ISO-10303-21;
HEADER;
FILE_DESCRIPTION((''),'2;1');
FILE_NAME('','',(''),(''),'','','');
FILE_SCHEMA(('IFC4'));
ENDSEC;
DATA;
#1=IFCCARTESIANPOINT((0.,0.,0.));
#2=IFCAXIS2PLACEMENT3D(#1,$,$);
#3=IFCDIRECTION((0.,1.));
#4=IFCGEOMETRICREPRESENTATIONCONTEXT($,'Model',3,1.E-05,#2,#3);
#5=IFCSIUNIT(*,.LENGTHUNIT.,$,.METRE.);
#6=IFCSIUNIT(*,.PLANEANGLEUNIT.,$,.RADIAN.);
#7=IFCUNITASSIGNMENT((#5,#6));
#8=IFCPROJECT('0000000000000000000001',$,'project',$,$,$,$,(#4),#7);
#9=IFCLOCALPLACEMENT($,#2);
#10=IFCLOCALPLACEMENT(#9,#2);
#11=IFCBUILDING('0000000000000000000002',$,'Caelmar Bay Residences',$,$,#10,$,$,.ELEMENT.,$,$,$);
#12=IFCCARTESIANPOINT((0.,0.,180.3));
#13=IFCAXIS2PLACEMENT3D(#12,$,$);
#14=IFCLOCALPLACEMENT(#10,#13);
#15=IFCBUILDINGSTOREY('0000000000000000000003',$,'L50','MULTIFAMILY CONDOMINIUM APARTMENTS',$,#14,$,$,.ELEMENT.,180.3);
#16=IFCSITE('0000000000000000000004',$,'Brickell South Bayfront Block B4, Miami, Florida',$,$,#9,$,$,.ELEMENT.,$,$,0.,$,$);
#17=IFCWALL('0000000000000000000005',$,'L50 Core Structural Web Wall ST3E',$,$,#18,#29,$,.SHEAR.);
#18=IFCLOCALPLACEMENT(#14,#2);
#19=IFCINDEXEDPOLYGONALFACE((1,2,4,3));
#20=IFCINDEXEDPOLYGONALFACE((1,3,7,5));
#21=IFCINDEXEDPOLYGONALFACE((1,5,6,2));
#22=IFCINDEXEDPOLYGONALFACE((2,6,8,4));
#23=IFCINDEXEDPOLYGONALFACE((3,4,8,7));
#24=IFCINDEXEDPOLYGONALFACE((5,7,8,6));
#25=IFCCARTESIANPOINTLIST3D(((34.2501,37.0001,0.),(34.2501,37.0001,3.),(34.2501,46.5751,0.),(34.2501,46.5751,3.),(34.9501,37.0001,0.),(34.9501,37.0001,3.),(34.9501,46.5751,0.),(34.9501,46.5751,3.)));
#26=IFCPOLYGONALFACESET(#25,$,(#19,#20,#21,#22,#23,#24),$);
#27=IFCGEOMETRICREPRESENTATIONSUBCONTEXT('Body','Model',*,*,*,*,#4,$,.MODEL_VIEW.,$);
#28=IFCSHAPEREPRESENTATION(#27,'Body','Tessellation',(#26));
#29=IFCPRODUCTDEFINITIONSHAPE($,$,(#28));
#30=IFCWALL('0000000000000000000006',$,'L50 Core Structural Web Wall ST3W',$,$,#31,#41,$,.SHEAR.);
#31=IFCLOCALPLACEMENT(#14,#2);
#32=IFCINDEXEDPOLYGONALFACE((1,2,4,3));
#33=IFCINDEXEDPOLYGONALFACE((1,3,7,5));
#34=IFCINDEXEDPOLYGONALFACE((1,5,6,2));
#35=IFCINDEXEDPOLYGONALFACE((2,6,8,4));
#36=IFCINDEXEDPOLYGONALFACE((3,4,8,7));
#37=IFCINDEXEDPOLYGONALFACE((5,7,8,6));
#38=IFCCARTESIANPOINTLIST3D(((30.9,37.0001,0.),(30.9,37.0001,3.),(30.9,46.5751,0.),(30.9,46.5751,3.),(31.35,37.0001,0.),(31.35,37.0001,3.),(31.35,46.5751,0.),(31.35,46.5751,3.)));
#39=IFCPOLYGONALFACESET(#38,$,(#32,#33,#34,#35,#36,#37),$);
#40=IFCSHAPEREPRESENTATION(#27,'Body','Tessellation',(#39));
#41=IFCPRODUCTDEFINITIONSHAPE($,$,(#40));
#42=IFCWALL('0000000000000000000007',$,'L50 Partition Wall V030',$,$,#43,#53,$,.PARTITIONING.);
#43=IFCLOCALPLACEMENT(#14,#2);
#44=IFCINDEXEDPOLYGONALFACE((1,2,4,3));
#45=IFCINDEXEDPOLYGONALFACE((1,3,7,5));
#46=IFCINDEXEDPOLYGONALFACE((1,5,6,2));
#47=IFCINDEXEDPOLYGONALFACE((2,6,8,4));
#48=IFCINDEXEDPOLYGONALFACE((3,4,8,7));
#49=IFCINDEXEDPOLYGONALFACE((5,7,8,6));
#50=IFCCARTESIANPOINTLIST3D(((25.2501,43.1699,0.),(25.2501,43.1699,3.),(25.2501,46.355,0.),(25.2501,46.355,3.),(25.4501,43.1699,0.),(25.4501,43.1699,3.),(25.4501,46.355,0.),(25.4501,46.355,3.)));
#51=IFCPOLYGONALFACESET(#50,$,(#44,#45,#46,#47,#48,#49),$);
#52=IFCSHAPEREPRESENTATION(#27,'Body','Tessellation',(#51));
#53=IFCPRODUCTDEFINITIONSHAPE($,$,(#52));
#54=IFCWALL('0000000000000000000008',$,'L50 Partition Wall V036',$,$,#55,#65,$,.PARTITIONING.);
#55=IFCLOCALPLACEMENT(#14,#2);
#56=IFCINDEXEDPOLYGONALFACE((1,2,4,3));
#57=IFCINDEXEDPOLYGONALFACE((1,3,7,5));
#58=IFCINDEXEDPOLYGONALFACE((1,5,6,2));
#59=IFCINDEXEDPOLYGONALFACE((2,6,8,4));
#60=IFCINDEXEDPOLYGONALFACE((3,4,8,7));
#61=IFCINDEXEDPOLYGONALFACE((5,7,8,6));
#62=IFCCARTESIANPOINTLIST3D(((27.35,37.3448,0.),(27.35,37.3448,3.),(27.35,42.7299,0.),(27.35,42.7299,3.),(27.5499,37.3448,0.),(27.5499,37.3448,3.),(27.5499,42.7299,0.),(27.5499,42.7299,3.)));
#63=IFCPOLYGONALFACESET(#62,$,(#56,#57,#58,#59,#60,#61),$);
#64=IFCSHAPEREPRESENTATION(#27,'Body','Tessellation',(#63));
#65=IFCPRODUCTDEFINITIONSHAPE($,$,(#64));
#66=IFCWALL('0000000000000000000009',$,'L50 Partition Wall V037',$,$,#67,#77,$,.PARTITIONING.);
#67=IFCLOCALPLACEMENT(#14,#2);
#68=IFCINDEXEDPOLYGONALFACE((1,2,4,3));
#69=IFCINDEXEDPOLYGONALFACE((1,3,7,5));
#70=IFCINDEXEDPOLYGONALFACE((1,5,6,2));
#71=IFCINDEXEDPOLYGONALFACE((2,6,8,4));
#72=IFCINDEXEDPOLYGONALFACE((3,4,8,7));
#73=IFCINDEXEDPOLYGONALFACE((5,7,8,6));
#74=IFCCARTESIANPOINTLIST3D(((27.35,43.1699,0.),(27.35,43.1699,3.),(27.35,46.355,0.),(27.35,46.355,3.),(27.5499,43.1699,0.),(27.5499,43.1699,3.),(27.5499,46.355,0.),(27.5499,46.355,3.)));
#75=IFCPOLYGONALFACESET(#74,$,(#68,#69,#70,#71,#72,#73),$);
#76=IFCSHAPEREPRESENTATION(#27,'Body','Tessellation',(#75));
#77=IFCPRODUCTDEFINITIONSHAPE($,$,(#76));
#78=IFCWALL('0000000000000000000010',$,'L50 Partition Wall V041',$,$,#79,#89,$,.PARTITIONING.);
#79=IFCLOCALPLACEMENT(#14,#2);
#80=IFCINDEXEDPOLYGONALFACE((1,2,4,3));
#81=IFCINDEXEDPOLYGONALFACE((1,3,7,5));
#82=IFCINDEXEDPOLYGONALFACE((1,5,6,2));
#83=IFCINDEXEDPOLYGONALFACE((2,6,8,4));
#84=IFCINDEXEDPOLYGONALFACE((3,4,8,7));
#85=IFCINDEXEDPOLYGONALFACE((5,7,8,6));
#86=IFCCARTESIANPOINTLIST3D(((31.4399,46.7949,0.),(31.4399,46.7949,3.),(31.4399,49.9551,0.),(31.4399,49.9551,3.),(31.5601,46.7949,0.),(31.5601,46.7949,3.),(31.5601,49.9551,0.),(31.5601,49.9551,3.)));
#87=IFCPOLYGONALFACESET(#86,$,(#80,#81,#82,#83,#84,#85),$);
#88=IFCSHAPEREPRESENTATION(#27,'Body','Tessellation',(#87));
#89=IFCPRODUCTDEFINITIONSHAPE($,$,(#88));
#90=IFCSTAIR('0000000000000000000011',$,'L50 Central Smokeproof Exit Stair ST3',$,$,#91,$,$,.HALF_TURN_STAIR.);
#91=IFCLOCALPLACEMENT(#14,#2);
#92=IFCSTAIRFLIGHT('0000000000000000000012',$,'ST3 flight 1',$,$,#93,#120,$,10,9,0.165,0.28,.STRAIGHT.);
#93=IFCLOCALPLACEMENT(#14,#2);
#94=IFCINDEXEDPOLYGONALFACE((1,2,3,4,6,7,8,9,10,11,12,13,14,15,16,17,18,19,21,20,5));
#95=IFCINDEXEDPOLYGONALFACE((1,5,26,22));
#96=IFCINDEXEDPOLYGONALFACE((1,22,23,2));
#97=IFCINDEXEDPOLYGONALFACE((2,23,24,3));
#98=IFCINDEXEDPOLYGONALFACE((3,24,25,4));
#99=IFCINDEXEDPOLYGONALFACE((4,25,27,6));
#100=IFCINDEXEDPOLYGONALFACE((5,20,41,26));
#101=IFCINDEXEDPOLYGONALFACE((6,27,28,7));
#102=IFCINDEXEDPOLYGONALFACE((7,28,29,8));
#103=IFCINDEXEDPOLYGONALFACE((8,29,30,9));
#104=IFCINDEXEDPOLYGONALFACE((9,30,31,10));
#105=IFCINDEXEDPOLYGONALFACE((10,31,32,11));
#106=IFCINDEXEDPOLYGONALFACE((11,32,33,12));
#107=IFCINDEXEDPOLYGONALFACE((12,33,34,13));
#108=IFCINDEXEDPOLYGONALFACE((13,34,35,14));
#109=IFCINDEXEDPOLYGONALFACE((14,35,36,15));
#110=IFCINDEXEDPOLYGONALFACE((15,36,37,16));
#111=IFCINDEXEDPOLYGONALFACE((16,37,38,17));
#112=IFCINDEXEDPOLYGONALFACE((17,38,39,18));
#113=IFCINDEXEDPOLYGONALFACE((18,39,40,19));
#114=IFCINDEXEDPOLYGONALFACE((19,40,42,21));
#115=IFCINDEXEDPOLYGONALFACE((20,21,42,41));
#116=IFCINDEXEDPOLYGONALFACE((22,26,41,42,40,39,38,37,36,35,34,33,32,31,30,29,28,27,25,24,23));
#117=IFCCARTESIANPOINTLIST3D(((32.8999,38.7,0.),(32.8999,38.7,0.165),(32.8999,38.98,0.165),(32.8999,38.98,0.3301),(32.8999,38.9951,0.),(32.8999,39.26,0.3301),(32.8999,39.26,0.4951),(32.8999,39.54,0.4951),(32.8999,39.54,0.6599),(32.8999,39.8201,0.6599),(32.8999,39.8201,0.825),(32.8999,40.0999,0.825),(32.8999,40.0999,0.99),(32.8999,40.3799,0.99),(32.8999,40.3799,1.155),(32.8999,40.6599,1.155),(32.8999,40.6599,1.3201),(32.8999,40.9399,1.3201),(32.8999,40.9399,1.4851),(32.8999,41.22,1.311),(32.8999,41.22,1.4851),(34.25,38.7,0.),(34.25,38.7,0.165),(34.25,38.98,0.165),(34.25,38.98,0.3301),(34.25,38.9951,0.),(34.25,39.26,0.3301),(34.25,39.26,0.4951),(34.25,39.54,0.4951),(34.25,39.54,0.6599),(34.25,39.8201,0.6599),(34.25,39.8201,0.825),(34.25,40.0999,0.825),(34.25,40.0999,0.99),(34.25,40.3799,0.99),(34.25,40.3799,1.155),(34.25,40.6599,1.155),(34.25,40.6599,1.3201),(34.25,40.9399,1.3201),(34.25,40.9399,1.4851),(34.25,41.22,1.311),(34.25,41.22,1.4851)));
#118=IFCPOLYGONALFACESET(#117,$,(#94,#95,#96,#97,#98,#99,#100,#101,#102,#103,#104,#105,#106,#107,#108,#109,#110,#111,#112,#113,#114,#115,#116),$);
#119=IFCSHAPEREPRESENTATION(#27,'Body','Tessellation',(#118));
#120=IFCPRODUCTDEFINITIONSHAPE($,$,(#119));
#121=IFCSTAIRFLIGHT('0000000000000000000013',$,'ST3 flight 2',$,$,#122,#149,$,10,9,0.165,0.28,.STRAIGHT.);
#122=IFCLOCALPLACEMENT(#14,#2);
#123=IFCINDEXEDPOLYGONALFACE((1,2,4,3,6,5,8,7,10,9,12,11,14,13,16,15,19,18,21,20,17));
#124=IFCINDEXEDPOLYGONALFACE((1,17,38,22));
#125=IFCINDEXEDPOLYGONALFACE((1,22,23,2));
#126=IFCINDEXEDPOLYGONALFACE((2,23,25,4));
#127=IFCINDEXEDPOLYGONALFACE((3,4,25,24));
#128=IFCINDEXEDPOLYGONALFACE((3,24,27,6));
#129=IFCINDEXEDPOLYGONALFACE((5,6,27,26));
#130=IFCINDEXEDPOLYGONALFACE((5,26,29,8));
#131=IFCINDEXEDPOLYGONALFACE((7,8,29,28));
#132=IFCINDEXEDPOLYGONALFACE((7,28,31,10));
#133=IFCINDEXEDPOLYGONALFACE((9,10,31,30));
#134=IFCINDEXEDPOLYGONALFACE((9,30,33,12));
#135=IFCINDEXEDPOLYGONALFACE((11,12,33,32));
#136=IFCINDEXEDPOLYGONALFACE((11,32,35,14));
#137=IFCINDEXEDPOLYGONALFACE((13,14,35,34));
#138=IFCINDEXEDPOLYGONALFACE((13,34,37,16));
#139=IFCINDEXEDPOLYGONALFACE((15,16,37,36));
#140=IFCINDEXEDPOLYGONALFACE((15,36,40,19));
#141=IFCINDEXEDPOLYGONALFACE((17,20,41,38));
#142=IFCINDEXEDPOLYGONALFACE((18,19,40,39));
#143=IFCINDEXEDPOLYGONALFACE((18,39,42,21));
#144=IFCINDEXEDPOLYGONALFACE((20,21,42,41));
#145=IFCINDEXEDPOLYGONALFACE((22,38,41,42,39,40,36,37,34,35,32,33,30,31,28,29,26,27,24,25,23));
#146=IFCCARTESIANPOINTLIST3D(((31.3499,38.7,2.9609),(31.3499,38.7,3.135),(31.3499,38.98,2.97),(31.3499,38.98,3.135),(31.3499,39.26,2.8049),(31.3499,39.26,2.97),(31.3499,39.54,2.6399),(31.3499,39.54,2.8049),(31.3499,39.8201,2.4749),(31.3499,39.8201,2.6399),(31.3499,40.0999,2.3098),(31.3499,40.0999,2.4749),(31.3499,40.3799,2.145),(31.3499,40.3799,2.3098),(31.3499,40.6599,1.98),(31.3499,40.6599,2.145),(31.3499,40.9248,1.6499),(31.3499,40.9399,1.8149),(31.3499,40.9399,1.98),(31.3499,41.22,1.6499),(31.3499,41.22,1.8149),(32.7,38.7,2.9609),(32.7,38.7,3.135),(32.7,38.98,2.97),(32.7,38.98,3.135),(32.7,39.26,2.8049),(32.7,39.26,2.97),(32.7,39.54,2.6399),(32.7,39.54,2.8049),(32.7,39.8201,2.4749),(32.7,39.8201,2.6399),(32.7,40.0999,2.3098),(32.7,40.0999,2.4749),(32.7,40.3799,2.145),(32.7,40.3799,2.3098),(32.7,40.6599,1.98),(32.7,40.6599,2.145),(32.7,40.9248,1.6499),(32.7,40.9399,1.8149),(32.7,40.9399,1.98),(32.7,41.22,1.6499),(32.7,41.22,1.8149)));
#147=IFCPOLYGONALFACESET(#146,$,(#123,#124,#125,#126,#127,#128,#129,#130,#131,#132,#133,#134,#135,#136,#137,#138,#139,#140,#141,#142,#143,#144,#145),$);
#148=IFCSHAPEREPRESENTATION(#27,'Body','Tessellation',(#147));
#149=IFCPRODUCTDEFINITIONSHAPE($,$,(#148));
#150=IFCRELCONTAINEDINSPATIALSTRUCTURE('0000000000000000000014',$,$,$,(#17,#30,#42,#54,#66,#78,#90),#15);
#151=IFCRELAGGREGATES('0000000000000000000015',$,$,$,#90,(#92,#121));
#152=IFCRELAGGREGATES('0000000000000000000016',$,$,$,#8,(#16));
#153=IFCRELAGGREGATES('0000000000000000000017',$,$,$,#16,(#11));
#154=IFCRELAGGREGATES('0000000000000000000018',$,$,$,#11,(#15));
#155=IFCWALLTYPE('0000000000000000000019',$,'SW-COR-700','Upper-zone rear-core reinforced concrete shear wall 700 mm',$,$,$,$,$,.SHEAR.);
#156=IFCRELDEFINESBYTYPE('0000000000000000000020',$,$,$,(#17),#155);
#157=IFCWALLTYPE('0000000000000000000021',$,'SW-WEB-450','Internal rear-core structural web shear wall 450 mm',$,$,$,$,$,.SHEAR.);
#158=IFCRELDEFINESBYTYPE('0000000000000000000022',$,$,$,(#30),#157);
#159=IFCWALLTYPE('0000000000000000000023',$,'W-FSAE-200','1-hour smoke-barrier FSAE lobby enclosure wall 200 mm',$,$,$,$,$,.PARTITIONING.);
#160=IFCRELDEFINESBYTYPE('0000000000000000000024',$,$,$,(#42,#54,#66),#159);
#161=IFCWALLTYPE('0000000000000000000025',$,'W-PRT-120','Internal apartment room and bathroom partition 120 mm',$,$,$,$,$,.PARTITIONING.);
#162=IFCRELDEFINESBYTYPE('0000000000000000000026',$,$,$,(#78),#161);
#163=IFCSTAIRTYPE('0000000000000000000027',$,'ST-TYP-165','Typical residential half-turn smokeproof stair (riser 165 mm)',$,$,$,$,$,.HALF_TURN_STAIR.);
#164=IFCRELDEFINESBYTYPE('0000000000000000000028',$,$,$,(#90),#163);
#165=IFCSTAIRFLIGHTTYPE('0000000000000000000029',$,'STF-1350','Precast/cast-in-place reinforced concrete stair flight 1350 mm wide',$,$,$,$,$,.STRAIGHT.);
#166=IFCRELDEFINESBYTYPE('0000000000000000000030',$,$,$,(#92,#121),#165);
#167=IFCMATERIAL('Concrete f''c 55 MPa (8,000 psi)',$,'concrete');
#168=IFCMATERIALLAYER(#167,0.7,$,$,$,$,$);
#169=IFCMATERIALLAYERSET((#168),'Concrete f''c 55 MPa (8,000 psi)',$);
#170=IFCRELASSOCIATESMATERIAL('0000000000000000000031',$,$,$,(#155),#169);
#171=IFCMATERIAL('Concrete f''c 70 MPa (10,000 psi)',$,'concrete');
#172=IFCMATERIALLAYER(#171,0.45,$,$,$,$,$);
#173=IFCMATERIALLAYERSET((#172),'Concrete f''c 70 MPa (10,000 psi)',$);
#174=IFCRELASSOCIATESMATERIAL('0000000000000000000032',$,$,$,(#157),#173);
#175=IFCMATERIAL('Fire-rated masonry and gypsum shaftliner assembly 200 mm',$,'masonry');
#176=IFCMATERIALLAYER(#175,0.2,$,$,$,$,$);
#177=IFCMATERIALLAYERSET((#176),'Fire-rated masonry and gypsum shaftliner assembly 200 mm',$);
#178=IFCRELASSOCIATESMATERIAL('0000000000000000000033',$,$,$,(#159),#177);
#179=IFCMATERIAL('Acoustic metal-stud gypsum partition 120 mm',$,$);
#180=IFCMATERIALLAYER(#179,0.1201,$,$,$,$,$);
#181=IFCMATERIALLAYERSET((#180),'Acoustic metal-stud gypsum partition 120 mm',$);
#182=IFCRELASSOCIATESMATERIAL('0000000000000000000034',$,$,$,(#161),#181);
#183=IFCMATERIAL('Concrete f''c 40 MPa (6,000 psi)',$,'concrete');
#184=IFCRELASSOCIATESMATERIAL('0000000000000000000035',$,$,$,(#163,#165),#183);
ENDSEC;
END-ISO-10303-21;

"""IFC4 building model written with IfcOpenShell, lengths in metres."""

from ifc_helpers import new_model, si_unit, direction, frame, frame_2d, origin, place, context, subcontext, project, spatial, polyline, rectangle, outline, extrude, material, layer, layer_set, type_object, element, aggregate, save


model = new_model("IFC4")

# Units and contexts
model_context = context("Model", 3, precision=1e-05, world=origin(), true_north=direction((0.0, 1.0)))
body_context = subcontext(model_context, "Body", "Model", "MODEL_VIEW")
ifc_project = project(units=[si_unit("LENGTHUNIT", "METRE"), si_unit("PLANEANGLEUNIT", "RADIAN")], contexts=[model_context])

# Site, building, storey
site_placement = place(None, origin())
site = spatial("IfcSite", under=ifc_project, at=site_placement, Name="Brickell South Bayfront Block B4, Miami, Florida", CompositionType="ELEMENT", RefElevation=0.0)
building_placement = place(site_placement, origin())
building = spatial("IfcBuilding", under=site, at=building_placement, Name="Caelmar Bay Residences", CompositionType="ELEMENT")
storey_placement = place(building_placement, frame((0.0, 0.0, 180.3)))
storey = spatial("IfcBuildingStorey", under=building, at=storey_placement, Name="L50", Description="MULTIFAMILY CONDOMINIUM APARTMENTS", CompositionType="ELEMENT", Elevation=180.3)

# Walls
ifc_material_1 = material(Name="Concrete f'c 55 MPa (8,000 psi)", Category="concrete")
ifc_layer_1 = layer(ifc_material_1, 0.7)
ifc_layer_set_1 = layer_set([ifc_layer_1], Name="Concrete f'c 55 MPa (8,000 psi)")
wall_type_1 = type_object("IfcWallType", Name="SW-COR-700", Description="Upper-zone rear-core reinforced concrete shear wall 700 mm", PredefinedType="SHEAR", material=ifc_layer_set_1)
wall_1_placement = place(storey_placement, frame((34.6001, 37.0, 0.0), z_axis=(0.0, 0.0, 1.0), x_axis=(0.0, 1.0, 0.0)))
element("IfcWall", 1, at=wall_1_placement, inside=storey, type_object=wall_type_1, Name="L50 Core Structural Web Wall ST3E", PredefinedType="SHEAR", context=body_context, shape_type="SweptSolid", body=[
    extrude(rectangle(XDim=9.575, YDim=0.7, at=frame_2d((4.7876, 0.0))), origin(), (0.0, 0.0, 1.0), 3.0),
])
ifc_material_2 = material(Name="Concrete f'c 70 MPa (10,000 psi)", Category="concrete")
ifc_layer_2 = layer(ifc_material_2, 0.45)
ifc_layer_set_2 = layer_set([ifc_layer_2], Name="Concrete f'c 70 MPa (10,000 psi)")
wall_type_2 = type_object("IfcWallType", Name="SW-WEB-450", Description="Internal rear-core structural web shear wall 450 mm", PredefinedType="SHEAR", material=ifc_layer_set_2)
wall_2_placement = place(storey_placement, frame((31.125, 37.0, 0.0), z_axis=(0.0, 0.0, 1.0), x_axis=(0.0, 1.0, 0.0)))
element("IfcWall", 2, at=wall_2_placement, inside=storey, type_object=wall_type_2, Name="L50 Core Structural Web Wall ST3W", PredefinedType="SHEAR", context=body_context, shape_type="SweptSolid", body=[
    extrude(rectangle(XDim=9.575, YDim=0.45, at=frame_2d((4.7876, 0.0))), origin(), (0.0, 0.0, 1.0), 3.0),
])
ifc_material_3 = material(Name="Fire-rated masonry and gypsum shaftliner assembly 200 mm", Category="masonry")
ifc_layer_3 = layer(ifc_material_3, 0.2)
ifc_layer_set_3 = layer_set([ifc_layer_3], Name="Fire-rated masonry and gypsum shaftliner assembly 200 mm")
wall_type_3 = type_object("IfcWallType", Name="W-FSAE-200", Description="1-hour smoke-barrier FSAE lobby enclosure wall 200 mm", PredefinedType="PARTITIONING", material=ifc_layer_set_3)
wall_3_placement = place(storey_placement, frame((25.3501, 43.1699, 0.0), z_axis=(0.0, 0.0, 1.0), x_axis=(0.0, 1.0, 0.0)))
element("IfcWall", 3, at=wall_3_placement, inside=storey, type_object=wall_type_3, Name="L50 Partition Wall V030", PredefinedType="PARTITIONING", context=body_context, shape_type="SweptSolid", body=[
    extrude(rectangle(XDim=3.1851, YDim=0.2, at=frame_2d((1.5925, 0.0))), origin(), (0.0, 0.0, 1.0), 3.0),
])
wall_4_placement = place(storey_placement, frame((27.45, 37.345, 0.0), z_axis=(0.0, 0.0, 1.0), x_axis=(0.0, 1.0, 0.0)))
element("IfcWall", 4, at=wall_4_placement, inside=storey, type_object=wall_type_3, Name="L50 Partition Wall V036", PredefinedType="PARTITIONING", context=body_context, shape_type="SweptSolid", body=[
    extrude(rectangle(XDim=5.385, YDim=0.2, at=frame_2d((2.6924, 0.0))), origin(), (0.0, 0.0, 1.0), 3.0),
])
wall_5_placement = place(storey_placement, frame((27.45, 43.1699, 0.0), z_axis=(0.0, 0.0, 1.0), x_axis=(0.0, 1.0, 0.0)))
element("IfcWall", 5, at=wall_5_placement, inside=storey, type_object=wall_type_3, Name="L50 Partition Wall V037", PredefinedType="PARTITIONING", context=body_context, shape_type="SweptSolid", body=[
    extrude(rectangle(XDim=3.1851, YDim=0.2, at=frame_2d((1.5925, 0.0))), origin(), (0.0, 0.0, 1.0), 3.0),
])
ifc_material_4 = material(Name="Acoustic metal-stud gypsum partition 120 mm")
ifc_layer_4 = layer(ifc_material_4, 0.1201)
ifc_layer_set_4 = layer_set([ifc_layer_4], Name="Acoustic metal-stud gypsum partition 120 mm")
wall_type_4 = type_object("IfcWallType", Name="W-PRT-120", Description="Internal apartment room and bathroom partition 120 mm", PredefinedType="PARTITIONING", material=ifc_layer_set_4)
wall_6_placement = place(storey_placement, frame((31.5, 46.7949, 0.0), z_axis=(0.0, 0.0, 1.0), x_axis=(0.0, 1.0, 0.0)))
element("IfcWall", 6, at=wall_6_placement, inside=storey, type_object=wall_type_4, Name="L50 Partition Wall V041", PredefinedType="PARTITIONING", context=body_context, shape_type="SweptSolid", body=[
    extrude(rectangle(XDim=3.1602, YDim=0.1201, at=frame_2d((1.5801, 0.0))), origin(), (0.0, 0.0, 1.0), 3.0),
])

# Stair, stair flights
ifc_material_5 = material(Name="Concrete f'c 40 MPa (6,000 psi)", Category="concrete")
stair_type = type_object("IfcStairType", Name="ST-TYP-165", Description="Typical residential half-turn smokeproof stair (riser 165 mm)", PredefinedType="HALF_TURN_STAIR", material=ifc_material_5)
stair_placement = place(storey_placement, origin())
stair = element("IfcStair", 7, at=stair_placement, inside=storey, type_object=stair_type, Name="L50 Central Smokeproof Exit Stair ST3", PredefinedType="HALF_TURN_STAIR")
stair_flight_type = type_object("IfcStairFlightType", Name="STF-1350", Description="Precast/cast-in-place reinforced concrete stair flight 1350 mm wide", PredefinedType="STRAIGHT", material=ifc_material_5)
stair_flight_1_placement = place(storey_placement, frame((33.575, 38.7, 0.0), z_axis=(0.0, 0.0, 1.0), x_axis=(0.0, 1.0, 0.0)))
stair_flight_1 = element("IfcStairFlight", 8, at=stair_flight_1_placement, type_object=stair_flight_type, Name="ST3 flight 1", NumberOfRisers=10, NumberOfTreads=9, PredefinedType="STRAIGHT", RiserHeight=0.165, TreadLength=0.28, context=body_context, shape_type="SweptSolid", body=[
    extrude(outline(polyline([(0.0, 0.0), (0.0, 0.165), (0.28, 0.165), (0.28, 0.3301), (0.5601, 0.3301), (0.5601, 0.4951), (0.8401, 0.4951), (0.8401, 0.6599), (1.1201, 0.6599), (1.1201, 0.825), (1.3999, 0.825), (1.3999, 0.99), (1.6799, 0.99), (1.6799, 1.155), (1.96, 1.155), (1.96, 1.3201), (2.24, 1.3201), (2.24, 1.4851), (2.52, 1.4851), (2.52, 1.6499), (2.52, 1.311), (0.2952, 0.0), (0.0, 0.0)])), frame((0.0, 0.675, 0.0), z_axis=(0.0, -1.0, 0.0), x_axis=(1.0, 0.0, 0.0)), (0.0, 0.0, 1.0), 1.3501),
])
stair_flight_2_placement = place(storey_placement, frame((32.0249, 41.22, 1.6499), z_axis=(0.0, 0.0, 1.0), x_axis=(0.0, -1.0, 0.0)))
stair_flight_2 = element("IfcStairFlight", 9, at=stair_flight_2_placement, type_object=stair_flight_type, Name="ST3 flight 2", NumberOfRisers=10, NumberOfTreads=9, PredefinedType="STRAIGHT", RiserHeight=0.165, TreadLength=0.28, context=body_context, shape_type="SweptSolid", body=[
    extrude(outline(polyline([(0.0, 0.0), (0.0, 0.165), (0.28, 0.165), (0.28, 0.3301), (0.5601, 0.3301), (0.5601, 0.4951), (0.8401, 0.4951), (0.8401, 0.6599), (1.1201, 0.6599), (1.1201, 0.825), (1.3999, 0.825), (1.3999, 0.99), (1.6799, 0.99), (1.6799, 1.155), (1.96, 1.155), (1.96, 1.3201), (2.24, 1.3201), (2.24, 1.4851), (2.52, 1.4851), (2.52, 1.6499), (2.52, 1.311), (0.2952, 0.0), (0.0, 0.0)])), frame((0.0, 0.675, 0.0), z_axis=(0.0, -1.0, 0.0), x_axis=(1.0, 0.0, 0.0)), (0.0, 0.0, 1.0), 1.3501),
])
aggregate(stair, [stair_flight_1, stair_flight_2])

save(model, "model.ifc")
